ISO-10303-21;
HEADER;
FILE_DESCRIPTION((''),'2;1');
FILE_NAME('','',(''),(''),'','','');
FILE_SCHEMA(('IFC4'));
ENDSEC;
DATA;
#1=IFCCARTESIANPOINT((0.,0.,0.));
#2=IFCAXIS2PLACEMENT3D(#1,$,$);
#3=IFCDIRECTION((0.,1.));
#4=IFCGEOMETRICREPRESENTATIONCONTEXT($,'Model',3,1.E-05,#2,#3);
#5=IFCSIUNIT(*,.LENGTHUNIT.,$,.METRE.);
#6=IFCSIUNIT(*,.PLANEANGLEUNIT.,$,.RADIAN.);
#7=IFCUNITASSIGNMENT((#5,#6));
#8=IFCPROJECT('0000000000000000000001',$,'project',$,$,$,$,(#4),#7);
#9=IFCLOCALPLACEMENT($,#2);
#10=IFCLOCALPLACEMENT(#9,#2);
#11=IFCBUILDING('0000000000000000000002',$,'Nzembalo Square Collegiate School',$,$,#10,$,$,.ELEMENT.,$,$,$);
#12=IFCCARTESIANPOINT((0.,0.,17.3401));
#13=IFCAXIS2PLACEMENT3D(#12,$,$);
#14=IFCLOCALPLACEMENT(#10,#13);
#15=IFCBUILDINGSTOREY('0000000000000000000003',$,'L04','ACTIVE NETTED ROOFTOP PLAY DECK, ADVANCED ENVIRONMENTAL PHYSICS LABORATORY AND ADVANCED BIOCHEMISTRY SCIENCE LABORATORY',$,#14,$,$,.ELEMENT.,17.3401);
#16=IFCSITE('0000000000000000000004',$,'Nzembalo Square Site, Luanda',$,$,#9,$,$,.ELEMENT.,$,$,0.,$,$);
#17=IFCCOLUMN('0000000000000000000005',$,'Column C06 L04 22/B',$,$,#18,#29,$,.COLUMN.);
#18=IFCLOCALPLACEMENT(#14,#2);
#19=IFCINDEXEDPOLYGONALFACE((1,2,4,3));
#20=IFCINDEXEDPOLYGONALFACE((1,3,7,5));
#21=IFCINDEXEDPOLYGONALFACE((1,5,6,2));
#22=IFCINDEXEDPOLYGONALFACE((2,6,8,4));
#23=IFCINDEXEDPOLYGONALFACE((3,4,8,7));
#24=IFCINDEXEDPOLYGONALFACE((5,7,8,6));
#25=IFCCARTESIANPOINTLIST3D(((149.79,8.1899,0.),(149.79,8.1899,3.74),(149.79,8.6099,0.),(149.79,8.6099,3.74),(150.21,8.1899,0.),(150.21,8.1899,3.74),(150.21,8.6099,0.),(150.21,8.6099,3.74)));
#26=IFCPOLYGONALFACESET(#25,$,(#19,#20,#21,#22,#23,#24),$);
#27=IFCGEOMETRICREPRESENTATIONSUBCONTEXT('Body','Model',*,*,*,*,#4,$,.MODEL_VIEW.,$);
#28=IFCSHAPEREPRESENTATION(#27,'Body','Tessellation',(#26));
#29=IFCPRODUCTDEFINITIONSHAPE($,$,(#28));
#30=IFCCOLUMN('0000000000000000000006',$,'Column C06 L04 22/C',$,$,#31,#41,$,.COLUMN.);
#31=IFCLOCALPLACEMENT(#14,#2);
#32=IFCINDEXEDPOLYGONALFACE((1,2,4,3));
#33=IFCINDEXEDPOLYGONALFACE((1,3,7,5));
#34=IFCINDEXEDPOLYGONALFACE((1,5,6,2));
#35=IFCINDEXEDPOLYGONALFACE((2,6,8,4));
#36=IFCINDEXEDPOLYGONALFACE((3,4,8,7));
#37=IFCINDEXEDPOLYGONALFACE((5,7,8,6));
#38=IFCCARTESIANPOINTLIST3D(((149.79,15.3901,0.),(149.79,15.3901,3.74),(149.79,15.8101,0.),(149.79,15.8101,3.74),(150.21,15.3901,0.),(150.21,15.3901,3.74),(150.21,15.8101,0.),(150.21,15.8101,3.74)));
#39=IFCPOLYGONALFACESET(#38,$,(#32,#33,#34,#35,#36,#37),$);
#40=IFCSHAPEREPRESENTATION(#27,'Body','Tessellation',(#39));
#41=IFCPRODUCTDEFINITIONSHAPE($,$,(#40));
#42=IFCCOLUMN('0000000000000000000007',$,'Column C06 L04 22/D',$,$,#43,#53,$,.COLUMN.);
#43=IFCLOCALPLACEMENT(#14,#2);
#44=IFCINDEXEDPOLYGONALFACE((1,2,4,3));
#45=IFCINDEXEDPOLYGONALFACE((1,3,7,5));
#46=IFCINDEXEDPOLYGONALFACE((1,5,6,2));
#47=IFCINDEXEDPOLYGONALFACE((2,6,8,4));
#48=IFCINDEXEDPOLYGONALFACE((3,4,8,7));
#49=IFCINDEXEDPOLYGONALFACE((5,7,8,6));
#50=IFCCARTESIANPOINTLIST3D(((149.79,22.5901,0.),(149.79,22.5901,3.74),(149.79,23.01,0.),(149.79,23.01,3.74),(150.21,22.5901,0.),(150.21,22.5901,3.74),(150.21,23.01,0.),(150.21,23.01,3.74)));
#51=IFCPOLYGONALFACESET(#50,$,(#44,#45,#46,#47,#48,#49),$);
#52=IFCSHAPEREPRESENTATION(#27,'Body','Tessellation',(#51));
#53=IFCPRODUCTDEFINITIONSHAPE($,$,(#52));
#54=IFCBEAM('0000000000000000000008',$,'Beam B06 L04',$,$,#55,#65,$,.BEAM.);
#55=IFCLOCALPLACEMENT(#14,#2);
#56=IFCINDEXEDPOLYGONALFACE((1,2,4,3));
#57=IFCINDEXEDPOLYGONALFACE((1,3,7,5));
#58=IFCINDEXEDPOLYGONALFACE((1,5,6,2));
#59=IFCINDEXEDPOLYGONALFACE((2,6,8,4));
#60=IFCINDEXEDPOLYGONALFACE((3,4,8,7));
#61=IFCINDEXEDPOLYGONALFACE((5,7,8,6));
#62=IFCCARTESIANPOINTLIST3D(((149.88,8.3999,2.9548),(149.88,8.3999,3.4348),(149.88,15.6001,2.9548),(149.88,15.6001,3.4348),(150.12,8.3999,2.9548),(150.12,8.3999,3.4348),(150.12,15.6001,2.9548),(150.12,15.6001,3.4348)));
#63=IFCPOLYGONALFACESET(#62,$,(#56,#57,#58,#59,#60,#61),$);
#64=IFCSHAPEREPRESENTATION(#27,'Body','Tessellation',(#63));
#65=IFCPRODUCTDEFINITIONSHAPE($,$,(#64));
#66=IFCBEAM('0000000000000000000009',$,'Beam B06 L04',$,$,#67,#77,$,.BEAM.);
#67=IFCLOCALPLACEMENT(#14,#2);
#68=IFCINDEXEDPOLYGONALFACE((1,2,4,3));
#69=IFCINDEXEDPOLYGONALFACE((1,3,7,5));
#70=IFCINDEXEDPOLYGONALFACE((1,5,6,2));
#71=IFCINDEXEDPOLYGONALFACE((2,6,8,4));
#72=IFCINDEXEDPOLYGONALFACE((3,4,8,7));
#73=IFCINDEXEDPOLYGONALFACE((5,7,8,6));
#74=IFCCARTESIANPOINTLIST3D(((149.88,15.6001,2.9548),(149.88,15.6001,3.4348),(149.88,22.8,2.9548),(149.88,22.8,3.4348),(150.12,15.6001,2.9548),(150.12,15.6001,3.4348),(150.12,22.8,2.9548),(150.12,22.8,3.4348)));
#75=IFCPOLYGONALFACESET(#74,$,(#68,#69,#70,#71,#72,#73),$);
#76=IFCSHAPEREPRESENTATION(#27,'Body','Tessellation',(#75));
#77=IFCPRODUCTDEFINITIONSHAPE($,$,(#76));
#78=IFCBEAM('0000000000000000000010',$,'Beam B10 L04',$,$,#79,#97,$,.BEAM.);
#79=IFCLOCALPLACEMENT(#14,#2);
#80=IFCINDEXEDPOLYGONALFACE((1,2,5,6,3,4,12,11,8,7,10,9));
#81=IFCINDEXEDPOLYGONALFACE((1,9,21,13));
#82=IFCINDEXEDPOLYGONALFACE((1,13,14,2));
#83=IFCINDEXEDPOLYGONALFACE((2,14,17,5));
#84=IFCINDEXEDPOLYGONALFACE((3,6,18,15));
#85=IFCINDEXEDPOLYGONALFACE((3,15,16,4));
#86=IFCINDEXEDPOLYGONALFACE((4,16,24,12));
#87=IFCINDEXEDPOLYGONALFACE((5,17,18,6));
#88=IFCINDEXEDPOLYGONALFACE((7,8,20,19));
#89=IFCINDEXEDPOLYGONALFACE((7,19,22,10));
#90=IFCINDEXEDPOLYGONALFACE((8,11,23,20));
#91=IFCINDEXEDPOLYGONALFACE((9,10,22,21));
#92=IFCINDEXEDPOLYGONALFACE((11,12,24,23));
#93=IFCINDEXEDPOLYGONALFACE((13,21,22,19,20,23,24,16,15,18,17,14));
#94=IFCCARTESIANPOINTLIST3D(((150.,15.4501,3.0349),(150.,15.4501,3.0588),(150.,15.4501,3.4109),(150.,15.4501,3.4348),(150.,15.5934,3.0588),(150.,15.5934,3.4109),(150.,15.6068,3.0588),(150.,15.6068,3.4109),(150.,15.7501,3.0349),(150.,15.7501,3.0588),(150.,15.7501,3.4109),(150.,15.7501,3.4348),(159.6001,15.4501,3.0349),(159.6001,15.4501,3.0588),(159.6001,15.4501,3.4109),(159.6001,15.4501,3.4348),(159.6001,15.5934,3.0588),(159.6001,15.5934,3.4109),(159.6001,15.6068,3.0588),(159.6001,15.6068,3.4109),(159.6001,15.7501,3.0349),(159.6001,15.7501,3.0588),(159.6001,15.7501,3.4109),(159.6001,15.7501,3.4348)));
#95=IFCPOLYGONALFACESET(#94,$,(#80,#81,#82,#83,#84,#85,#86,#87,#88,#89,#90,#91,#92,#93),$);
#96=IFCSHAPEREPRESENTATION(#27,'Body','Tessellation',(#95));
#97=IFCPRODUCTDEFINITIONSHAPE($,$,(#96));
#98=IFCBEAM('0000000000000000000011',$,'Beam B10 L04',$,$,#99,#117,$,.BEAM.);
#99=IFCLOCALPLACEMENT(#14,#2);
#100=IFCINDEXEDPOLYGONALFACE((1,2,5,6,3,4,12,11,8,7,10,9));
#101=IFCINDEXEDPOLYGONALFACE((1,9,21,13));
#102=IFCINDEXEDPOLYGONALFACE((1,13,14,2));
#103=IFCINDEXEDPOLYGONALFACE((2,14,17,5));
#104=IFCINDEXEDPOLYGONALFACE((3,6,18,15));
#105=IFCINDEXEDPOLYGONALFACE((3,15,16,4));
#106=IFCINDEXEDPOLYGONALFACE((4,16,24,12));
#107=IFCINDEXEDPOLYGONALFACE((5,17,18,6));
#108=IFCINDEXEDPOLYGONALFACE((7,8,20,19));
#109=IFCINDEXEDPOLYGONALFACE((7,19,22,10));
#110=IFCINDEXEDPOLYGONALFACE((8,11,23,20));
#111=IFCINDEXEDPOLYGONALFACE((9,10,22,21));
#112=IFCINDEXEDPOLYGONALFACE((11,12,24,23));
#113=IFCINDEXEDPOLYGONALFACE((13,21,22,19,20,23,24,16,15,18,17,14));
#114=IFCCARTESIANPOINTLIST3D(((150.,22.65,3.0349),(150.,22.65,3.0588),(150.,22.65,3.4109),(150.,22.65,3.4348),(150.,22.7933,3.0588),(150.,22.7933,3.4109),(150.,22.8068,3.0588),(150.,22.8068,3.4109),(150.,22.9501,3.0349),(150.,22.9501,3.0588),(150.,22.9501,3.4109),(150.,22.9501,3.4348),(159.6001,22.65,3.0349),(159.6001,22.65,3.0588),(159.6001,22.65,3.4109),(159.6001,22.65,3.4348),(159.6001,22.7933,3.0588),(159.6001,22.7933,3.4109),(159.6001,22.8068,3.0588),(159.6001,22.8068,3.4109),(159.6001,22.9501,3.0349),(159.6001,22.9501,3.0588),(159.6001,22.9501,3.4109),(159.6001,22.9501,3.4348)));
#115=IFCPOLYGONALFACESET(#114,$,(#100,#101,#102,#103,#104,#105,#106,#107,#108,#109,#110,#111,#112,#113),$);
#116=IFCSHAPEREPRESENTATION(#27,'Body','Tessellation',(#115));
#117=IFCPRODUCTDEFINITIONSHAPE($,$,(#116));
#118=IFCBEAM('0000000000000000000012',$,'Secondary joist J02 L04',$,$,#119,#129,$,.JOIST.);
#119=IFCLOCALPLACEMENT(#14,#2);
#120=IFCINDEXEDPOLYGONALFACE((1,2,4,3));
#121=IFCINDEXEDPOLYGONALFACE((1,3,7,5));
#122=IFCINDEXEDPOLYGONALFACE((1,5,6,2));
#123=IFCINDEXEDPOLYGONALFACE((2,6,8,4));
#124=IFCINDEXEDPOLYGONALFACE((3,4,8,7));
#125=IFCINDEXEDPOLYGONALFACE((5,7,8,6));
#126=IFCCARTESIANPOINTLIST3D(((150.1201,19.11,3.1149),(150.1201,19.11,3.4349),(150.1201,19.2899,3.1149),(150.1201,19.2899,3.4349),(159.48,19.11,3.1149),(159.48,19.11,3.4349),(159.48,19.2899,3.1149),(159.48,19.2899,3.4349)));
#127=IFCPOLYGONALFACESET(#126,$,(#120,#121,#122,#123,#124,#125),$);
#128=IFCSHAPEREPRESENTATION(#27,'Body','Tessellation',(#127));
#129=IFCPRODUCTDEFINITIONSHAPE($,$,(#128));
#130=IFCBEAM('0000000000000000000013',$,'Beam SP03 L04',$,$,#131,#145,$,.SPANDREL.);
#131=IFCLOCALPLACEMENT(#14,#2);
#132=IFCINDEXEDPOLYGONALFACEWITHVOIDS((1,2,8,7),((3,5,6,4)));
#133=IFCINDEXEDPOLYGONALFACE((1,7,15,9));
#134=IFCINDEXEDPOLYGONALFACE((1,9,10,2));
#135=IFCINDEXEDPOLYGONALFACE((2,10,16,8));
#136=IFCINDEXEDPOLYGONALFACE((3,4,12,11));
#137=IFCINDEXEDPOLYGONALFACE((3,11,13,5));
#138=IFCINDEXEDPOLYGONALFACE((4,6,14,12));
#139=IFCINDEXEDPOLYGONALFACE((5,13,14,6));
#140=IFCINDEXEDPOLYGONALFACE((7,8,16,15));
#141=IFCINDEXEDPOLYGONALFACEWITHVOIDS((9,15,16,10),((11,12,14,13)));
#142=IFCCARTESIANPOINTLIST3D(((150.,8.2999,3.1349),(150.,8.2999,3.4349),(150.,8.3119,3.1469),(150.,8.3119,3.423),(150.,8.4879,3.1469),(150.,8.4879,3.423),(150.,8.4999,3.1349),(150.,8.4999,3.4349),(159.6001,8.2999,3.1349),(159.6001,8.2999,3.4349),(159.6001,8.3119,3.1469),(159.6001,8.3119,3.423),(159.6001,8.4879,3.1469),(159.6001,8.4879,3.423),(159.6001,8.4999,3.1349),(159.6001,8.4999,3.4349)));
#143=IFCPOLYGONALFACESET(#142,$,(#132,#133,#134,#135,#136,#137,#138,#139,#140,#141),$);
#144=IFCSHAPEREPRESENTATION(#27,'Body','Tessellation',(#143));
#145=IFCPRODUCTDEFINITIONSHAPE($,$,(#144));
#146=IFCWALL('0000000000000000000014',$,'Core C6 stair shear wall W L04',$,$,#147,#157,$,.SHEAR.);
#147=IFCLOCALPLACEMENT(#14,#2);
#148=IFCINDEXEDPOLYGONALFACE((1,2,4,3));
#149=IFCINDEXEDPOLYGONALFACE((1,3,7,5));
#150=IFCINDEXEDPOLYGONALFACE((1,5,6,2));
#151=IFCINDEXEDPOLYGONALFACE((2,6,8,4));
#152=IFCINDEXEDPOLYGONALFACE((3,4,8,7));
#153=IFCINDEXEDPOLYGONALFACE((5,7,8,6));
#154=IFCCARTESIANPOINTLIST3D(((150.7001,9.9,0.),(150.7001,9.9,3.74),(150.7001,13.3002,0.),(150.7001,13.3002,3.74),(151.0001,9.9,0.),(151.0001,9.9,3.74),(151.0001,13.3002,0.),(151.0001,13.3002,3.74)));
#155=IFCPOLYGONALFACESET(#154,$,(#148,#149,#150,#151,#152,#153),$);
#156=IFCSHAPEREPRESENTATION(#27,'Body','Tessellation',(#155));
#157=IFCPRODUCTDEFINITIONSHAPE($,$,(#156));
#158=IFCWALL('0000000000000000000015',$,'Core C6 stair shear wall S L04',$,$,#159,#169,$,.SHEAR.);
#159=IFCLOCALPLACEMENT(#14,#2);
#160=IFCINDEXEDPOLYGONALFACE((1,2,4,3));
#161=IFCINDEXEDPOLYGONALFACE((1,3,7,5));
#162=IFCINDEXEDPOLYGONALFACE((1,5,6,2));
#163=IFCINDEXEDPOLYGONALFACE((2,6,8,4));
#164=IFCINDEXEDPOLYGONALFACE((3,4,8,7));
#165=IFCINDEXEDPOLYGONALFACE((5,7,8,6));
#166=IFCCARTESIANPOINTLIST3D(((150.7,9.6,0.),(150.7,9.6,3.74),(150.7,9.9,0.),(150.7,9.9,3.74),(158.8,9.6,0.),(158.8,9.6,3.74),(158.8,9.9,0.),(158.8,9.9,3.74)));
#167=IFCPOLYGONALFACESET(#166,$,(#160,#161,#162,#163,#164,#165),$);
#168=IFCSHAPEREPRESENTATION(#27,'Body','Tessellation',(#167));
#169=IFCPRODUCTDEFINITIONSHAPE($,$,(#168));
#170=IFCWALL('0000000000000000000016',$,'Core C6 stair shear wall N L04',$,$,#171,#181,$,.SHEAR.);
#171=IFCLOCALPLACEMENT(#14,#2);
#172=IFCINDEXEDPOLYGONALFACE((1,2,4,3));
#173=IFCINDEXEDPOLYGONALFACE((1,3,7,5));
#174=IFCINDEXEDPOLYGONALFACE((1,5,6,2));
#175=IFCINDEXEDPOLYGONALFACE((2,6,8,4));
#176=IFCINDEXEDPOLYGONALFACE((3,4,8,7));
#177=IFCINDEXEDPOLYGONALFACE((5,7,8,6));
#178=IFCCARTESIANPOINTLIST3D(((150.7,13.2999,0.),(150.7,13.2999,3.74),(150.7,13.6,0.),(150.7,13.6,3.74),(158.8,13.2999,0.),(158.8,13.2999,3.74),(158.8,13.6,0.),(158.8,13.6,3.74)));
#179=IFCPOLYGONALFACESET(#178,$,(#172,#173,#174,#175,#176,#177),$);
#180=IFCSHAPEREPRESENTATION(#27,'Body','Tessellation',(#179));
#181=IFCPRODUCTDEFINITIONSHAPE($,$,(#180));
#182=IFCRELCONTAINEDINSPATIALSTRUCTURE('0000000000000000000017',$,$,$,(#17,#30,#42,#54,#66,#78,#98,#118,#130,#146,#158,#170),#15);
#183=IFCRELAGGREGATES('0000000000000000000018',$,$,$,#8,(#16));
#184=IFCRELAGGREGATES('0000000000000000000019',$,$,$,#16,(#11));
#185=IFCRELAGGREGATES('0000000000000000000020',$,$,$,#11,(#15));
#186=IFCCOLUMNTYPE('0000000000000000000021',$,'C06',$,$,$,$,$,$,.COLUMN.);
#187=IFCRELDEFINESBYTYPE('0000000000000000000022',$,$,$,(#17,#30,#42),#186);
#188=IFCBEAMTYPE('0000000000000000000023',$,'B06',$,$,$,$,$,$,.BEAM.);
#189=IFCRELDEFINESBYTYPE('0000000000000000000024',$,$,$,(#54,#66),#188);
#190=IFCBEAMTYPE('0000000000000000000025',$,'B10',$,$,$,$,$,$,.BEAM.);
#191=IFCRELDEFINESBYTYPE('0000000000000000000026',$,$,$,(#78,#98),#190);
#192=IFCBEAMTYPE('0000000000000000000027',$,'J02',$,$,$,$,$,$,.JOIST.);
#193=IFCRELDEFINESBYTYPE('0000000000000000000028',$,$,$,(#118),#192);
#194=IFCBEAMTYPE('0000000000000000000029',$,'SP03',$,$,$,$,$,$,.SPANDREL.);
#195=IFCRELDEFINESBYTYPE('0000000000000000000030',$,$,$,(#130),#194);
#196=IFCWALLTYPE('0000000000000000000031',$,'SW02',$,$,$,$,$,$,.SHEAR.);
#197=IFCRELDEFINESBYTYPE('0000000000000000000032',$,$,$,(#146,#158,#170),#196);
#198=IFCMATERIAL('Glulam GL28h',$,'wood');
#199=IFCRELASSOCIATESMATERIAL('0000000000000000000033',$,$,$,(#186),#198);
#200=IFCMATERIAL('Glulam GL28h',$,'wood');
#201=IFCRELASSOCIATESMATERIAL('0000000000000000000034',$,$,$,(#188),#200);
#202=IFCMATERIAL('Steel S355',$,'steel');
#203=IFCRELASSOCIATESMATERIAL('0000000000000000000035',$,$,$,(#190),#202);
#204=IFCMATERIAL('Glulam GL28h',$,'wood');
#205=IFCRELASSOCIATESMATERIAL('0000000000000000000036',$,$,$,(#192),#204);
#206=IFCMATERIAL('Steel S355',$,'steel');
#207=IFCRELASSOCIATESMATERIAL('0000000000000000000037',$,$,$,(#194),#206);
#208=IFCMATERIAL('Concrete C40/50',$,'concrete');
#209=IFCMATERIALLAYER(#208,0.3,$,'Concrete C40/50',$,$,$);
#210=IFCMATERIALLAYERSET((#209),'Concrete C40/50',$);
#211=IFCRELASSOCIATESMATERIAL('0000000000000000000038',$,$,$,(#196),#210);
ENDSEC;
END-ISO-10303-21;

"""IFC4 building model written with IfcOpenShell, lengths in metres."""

from ifc_helpers import new_model, si_unit, direction, frame, frame_2d, origin, origin_2d, place, context, subcontext, project, spatial, rectangle, hollow_rectangle, i_section, extrude, material, layer, layer_set, material_profile, profile_set, type_object, element, save


model = new_model("IFC4")

# Units and contexts
model_context = context("Model", 3, precision=1e-05, world=origin(), true_north=direction((0.0, 1.0)))
body_context = subcontext(model_context, "Body", "Model", "MODEL_VIEW")
ifc_project = project(units=[si_unit("LENGTHUNIT", "METRE"), si_unit("PLANEANGLEUNIT", "RADIAN")], contexts=[model_context])

# Site, building, storey
site_placement = place(None, origin())
site = spatial("IfcSite", under=ifc_project, at=site_placement, Name="Nzembalo Square Site, Luanda", CompositionType="ELEMENT", RefElevation=0.0)
building_placement = place(site_placement, origin())
building = spatial("IfcBuilding", under=site, at=building_placement, Name="Nzembalo Square Collegiate School", CompositionType="ELEMENT")
storey_placement = place(building_placement, frame((0.0, 0.0, 17.3401)))
storey = spatial("IfcBuildingStorey", under=building, at=storey_placement, Name="L04", Description="ACTIVE NETTED ROOFTOP PLAY DECK, ADVANCED ENVIRONMENTAL PHYSICS LABORATORY AND ADVANCED BIOCHEMISTRY SCIENCE LABORATORY", CompositionType="ELEMENT", Elevation=17.3401)

# Columns
ifc_material_1 = material(Name="Glulam GL28h", Category="wood")
ifc_material_profile_1 = material_profile(ifc_material_1, rectangle(XDim=0.4199, YDim=0.4199, at=origin_2d()), Name="GL28h 420x420")
ifc_profile_set_1 = profile_set([ifc_material_profile_1], Name="Glulam GL28h")
column_type = type_object("IfcColumnType", Name="C06", PredefinedType="COLUMN", material=ifc_profile_set_1)
for number, where, z_axis, x_axis, name in (
    (1, (150.0, 8.3999, 0.0), (0.0, 0.0, 1.0), (1.0, 0.0, 0.0), "Column C06 L04 22/B"),
    (2, (150.0, 15.6001, 0.0), (0.0, 0.0, 1.0), (1.0, 0.0, 0.0), "Column C06 L04 22/C"),
    (3, (150.0, 22.8, 0.0), (0.0, 0.0, 1.0), (1.0, 0.0, 0.0), "Column C06 L04 22/D"),
):
    element("IfcColumn", number, at=place(storey_placement, frame(where, z_axis=z_axis, x_axis=x_axis)), inside=storey, type_object=column_type, Name=name, PredefinedType="COLUMN", context=body_context, shape_type="SweptSolid", body=[
        extrude(rectangle(XDim=0.4199, YDim=0.4199, at=origin_2d()), origin(), (0.0, 0.0, 1.0), 3.74),
    ])

# Beams
ifc_material_2 = material(Name="Glulam GL28h", Category="wood")
ifc_material_profile_2 = material_profile(ifc_material_2, rectangle(XDim=0.24, YDim=0.48, at=origin_2d()), Name="GL28h 240x480")
ifc_profile_set_2 = profile_set([ifc_material_profile_2], Name="Glulam GL28h")
beam_type_1 = type_object("IfcBeamType", Name="B06", PredefinedType="BEAM", material=ifc_profile_set_2)
beam_1_placement = place(storey_placement, frame((150.0, 8.3999, 3.1948), z_axis=(0.0, 1.0, 0.0), x_axis=(-1.0, 0.0, 0.0)))
element("IfcBeam", 4, at=beam_1_placement, inside=storey, type_object=beam_type_1, Name="Beam B06 L04", PredefinedType="BEAM", context=body_context, shape_type="SweptSolid", body=[
    extrude(rectangle(XDim=0.24, YDim=0.48, at=origin_2d()), origin(), (0.0, 0.0, 1.0), 7.2002),
])
beam_2_placement = place(storey_placement, frame((150.0, 15.6001, 3.1948), z_axis=(0.0, 1.0, 0.0), x_axis=(-1.0, 0.0, 0.0)))
element("IfcBeam", 5, at=beam_2_placement, inside=storey, type_object=beam_type_1, Name="Beam B06 L04", PredefinedType="BEAM", context=body_context, shape_type="SweptSolid", body=[
    extrude(rectangle(XDim=0.24, YDim=0.48, at=origin_2d()), origin(), (0.0, 0.0, 1.0), 7.2),
])
ifc_material_3 = material(Name="Steel S355", Category="steel")
ifc_material_profile_3 = material_profile(ifc_material_3, i_section(OverallWidth=0.3, OverallDepth=0.3999, WebThickness=0.0134, FlangeThickness=0.0239, at=origin_2d()), Name="HEB 400")
ifc_profile_set_3 = profile_set([ifc_material_profile_3], Name="Steel S355")
beam_type_2 = type_object("IfcBeamType", Name="B10", PredefinedType="BEAM", material=ifc_profile_set_3)
for number, where, z_axis, x_axis, name in (
    (6, (150.0, 15.6001, 3.2349), (1.0, 0.0, 0.0), (0.0, 1.0, 0.0), "Beam B10 L04"),
    (7, (150.0, 22.8, 3.2349), (1.0, 0.0, 0.0), (0.0, 1.0, 0.0), "Beam B10 L04"),
):
    element("IfcBeam", number, at=place(storey_placement, frame(where, z_axis=z_axis, x_axis=x_axis)), inside=storey, type_object=beam_type_2, Name=name, PredefinedType="BEAM", context=body_context, shape_type="SweptSolid", body=[
        extrude(i_section(OverallWidth=0.3, OverallDepth=0.3999, WebThickness=0.0134, FlangeThickness=0.0239, at=origin_2d()), origin(), (0.0, 0.0, 1.0), 9.6001),
    ])
ifc_material_4 = material(Name="Glulam GL28h", Category="wood")
ifc_material_profile_4 = material_profile(ifc_material_4, rectangle(XDim=0.1799, YDim=0.3201, at=origin_2d()), Name="GL28h 180x320")
ifc_profile_set_4 = profile_set([ifc_material_profile_4], Name="Glulam GL28h")
beam_type_3 = type_object("IfcBeamType", Name="J02", PredefinedType="JOIST", material=ifc_profile_set_4)
beam_3_placement = place(storey_placement, frame((150.1201, 19.2, 3.2749), z_axis=(1.0, 0.0, 0.0), x_axis=(0.0, 1.0, 0.0)))
element("IfcBeam", 8, at=beam_3_placement, inside=storey, type_object=beam_type_3, Name="Secondary joist J02 L04", PredefinedType="JOIST", context=body_context, shape_type="SweptSolid", body=[
    extrude(rectangle(XDim=0.1799, YDim=0.3201, at=origin_2d()), origin(), (0.0, 0.0, 1.0), 9.3599),
])
ifc_material_5 = material(Name="Steel S355", Category="steel")
ifc_material_profile_5 = material_profile(ifc_material_5, hollow_rectangle(XDim=0.2, YDim=0.3, WallThickness=0.012, at=origin_2d()), Name="RHS 300x200x12")
ifc_profile_set_5 = profile_set([ifc_material_profile_5], Name="Steel S355")
beam_type_4 = type_object("IfcBeamType", Name="SP03", PredefinedType="SPANDREL", material=ifc_profile_set_5)
beam_4_placement = place(storey_placement, frame((150.0, 8.3999, 3.2849), z_axis=(1.0, 0.0, 0.0), x_axis=(0.0, 1.0, 0.0)))
element("IfcBeam", 9, at=beam_4_placement, inside=storey, type_object=beam_type_4, Name="Beam SP03 L04", PredefinedType="SPANDREL", context=body_context, shape_type="SweptSolid", body=[
    extrude(hollow_rectangle(XDim=0.2, YDim=0.3, WallThickness=0.012, at=origin_2d()), origin(), (0.0, 0.0, 1.0), 9.6001),
])

# Walls
ifc_material_6 = material(Name="Concrete C40/50", Category="concrete")
ifc_layer_1 = layer(ifc_material_6, 0.3, Name="Concrete C40/50")
ifc_layer_set_1 = layer_set([ifc_layer_1], Name="Concrete C40/50")
wall_type_1 = type_object("IfcWallType", Name="SW02", PredefinedType="SHEAR", material=ifc_layer_set_1)
wall_1_placement = place(storey_placement, frame((150.8501, 9.8999, 0.0), z_axis=(0.0, 0.0, 1.0), x_axis=(0.0, 1.0, 0.0)))
element("IfcWall", 10, at=wall_1_placement, inside=storey, type_object=wall_type_1, Name="Core C6 stair shear wall W L04", PredefinedType="SHEAR", context=body_context, shape_type="SweptSolid", body=[
    extrude(rectangle(XDim=3.4001, YDim=0.3, at=frame_2d((1.7002, 0.0))), origin(), (0.0, 0.0, 1.0), 3.74),
])
for number, where, z_axis, x_axis, name in (
    (11, (150.7, 9.75, 0.0), (0.0, 0.0, 1.0), (1.0, 0.0, 0.0), "Core C6 stair shear wall S L04"),
    (12, (150.7, 13.45, 0.0), (0.0, 0.0, 1.0), (1.0, 0.0, 0.0), "Core C6 stair shear wall N L04"),
):
    element("IfcWall", number, at=place(storey_placement, frame(where, z_axis=z_axis, x_axis=x_axis)), inside=storey, type_object=wall_type_1, Name=name, PredefinedType="SHEAR", context=body_context, shape_type="SweptSolid", body=[
        extrude(rectangle(XDim=8.1001, YDim=0.3, at=frame_2d((4.05, 0.0))), origin(), (0.0, 0.0, 1.0), 3.74),
    ])

save(model, "model.ifc")
